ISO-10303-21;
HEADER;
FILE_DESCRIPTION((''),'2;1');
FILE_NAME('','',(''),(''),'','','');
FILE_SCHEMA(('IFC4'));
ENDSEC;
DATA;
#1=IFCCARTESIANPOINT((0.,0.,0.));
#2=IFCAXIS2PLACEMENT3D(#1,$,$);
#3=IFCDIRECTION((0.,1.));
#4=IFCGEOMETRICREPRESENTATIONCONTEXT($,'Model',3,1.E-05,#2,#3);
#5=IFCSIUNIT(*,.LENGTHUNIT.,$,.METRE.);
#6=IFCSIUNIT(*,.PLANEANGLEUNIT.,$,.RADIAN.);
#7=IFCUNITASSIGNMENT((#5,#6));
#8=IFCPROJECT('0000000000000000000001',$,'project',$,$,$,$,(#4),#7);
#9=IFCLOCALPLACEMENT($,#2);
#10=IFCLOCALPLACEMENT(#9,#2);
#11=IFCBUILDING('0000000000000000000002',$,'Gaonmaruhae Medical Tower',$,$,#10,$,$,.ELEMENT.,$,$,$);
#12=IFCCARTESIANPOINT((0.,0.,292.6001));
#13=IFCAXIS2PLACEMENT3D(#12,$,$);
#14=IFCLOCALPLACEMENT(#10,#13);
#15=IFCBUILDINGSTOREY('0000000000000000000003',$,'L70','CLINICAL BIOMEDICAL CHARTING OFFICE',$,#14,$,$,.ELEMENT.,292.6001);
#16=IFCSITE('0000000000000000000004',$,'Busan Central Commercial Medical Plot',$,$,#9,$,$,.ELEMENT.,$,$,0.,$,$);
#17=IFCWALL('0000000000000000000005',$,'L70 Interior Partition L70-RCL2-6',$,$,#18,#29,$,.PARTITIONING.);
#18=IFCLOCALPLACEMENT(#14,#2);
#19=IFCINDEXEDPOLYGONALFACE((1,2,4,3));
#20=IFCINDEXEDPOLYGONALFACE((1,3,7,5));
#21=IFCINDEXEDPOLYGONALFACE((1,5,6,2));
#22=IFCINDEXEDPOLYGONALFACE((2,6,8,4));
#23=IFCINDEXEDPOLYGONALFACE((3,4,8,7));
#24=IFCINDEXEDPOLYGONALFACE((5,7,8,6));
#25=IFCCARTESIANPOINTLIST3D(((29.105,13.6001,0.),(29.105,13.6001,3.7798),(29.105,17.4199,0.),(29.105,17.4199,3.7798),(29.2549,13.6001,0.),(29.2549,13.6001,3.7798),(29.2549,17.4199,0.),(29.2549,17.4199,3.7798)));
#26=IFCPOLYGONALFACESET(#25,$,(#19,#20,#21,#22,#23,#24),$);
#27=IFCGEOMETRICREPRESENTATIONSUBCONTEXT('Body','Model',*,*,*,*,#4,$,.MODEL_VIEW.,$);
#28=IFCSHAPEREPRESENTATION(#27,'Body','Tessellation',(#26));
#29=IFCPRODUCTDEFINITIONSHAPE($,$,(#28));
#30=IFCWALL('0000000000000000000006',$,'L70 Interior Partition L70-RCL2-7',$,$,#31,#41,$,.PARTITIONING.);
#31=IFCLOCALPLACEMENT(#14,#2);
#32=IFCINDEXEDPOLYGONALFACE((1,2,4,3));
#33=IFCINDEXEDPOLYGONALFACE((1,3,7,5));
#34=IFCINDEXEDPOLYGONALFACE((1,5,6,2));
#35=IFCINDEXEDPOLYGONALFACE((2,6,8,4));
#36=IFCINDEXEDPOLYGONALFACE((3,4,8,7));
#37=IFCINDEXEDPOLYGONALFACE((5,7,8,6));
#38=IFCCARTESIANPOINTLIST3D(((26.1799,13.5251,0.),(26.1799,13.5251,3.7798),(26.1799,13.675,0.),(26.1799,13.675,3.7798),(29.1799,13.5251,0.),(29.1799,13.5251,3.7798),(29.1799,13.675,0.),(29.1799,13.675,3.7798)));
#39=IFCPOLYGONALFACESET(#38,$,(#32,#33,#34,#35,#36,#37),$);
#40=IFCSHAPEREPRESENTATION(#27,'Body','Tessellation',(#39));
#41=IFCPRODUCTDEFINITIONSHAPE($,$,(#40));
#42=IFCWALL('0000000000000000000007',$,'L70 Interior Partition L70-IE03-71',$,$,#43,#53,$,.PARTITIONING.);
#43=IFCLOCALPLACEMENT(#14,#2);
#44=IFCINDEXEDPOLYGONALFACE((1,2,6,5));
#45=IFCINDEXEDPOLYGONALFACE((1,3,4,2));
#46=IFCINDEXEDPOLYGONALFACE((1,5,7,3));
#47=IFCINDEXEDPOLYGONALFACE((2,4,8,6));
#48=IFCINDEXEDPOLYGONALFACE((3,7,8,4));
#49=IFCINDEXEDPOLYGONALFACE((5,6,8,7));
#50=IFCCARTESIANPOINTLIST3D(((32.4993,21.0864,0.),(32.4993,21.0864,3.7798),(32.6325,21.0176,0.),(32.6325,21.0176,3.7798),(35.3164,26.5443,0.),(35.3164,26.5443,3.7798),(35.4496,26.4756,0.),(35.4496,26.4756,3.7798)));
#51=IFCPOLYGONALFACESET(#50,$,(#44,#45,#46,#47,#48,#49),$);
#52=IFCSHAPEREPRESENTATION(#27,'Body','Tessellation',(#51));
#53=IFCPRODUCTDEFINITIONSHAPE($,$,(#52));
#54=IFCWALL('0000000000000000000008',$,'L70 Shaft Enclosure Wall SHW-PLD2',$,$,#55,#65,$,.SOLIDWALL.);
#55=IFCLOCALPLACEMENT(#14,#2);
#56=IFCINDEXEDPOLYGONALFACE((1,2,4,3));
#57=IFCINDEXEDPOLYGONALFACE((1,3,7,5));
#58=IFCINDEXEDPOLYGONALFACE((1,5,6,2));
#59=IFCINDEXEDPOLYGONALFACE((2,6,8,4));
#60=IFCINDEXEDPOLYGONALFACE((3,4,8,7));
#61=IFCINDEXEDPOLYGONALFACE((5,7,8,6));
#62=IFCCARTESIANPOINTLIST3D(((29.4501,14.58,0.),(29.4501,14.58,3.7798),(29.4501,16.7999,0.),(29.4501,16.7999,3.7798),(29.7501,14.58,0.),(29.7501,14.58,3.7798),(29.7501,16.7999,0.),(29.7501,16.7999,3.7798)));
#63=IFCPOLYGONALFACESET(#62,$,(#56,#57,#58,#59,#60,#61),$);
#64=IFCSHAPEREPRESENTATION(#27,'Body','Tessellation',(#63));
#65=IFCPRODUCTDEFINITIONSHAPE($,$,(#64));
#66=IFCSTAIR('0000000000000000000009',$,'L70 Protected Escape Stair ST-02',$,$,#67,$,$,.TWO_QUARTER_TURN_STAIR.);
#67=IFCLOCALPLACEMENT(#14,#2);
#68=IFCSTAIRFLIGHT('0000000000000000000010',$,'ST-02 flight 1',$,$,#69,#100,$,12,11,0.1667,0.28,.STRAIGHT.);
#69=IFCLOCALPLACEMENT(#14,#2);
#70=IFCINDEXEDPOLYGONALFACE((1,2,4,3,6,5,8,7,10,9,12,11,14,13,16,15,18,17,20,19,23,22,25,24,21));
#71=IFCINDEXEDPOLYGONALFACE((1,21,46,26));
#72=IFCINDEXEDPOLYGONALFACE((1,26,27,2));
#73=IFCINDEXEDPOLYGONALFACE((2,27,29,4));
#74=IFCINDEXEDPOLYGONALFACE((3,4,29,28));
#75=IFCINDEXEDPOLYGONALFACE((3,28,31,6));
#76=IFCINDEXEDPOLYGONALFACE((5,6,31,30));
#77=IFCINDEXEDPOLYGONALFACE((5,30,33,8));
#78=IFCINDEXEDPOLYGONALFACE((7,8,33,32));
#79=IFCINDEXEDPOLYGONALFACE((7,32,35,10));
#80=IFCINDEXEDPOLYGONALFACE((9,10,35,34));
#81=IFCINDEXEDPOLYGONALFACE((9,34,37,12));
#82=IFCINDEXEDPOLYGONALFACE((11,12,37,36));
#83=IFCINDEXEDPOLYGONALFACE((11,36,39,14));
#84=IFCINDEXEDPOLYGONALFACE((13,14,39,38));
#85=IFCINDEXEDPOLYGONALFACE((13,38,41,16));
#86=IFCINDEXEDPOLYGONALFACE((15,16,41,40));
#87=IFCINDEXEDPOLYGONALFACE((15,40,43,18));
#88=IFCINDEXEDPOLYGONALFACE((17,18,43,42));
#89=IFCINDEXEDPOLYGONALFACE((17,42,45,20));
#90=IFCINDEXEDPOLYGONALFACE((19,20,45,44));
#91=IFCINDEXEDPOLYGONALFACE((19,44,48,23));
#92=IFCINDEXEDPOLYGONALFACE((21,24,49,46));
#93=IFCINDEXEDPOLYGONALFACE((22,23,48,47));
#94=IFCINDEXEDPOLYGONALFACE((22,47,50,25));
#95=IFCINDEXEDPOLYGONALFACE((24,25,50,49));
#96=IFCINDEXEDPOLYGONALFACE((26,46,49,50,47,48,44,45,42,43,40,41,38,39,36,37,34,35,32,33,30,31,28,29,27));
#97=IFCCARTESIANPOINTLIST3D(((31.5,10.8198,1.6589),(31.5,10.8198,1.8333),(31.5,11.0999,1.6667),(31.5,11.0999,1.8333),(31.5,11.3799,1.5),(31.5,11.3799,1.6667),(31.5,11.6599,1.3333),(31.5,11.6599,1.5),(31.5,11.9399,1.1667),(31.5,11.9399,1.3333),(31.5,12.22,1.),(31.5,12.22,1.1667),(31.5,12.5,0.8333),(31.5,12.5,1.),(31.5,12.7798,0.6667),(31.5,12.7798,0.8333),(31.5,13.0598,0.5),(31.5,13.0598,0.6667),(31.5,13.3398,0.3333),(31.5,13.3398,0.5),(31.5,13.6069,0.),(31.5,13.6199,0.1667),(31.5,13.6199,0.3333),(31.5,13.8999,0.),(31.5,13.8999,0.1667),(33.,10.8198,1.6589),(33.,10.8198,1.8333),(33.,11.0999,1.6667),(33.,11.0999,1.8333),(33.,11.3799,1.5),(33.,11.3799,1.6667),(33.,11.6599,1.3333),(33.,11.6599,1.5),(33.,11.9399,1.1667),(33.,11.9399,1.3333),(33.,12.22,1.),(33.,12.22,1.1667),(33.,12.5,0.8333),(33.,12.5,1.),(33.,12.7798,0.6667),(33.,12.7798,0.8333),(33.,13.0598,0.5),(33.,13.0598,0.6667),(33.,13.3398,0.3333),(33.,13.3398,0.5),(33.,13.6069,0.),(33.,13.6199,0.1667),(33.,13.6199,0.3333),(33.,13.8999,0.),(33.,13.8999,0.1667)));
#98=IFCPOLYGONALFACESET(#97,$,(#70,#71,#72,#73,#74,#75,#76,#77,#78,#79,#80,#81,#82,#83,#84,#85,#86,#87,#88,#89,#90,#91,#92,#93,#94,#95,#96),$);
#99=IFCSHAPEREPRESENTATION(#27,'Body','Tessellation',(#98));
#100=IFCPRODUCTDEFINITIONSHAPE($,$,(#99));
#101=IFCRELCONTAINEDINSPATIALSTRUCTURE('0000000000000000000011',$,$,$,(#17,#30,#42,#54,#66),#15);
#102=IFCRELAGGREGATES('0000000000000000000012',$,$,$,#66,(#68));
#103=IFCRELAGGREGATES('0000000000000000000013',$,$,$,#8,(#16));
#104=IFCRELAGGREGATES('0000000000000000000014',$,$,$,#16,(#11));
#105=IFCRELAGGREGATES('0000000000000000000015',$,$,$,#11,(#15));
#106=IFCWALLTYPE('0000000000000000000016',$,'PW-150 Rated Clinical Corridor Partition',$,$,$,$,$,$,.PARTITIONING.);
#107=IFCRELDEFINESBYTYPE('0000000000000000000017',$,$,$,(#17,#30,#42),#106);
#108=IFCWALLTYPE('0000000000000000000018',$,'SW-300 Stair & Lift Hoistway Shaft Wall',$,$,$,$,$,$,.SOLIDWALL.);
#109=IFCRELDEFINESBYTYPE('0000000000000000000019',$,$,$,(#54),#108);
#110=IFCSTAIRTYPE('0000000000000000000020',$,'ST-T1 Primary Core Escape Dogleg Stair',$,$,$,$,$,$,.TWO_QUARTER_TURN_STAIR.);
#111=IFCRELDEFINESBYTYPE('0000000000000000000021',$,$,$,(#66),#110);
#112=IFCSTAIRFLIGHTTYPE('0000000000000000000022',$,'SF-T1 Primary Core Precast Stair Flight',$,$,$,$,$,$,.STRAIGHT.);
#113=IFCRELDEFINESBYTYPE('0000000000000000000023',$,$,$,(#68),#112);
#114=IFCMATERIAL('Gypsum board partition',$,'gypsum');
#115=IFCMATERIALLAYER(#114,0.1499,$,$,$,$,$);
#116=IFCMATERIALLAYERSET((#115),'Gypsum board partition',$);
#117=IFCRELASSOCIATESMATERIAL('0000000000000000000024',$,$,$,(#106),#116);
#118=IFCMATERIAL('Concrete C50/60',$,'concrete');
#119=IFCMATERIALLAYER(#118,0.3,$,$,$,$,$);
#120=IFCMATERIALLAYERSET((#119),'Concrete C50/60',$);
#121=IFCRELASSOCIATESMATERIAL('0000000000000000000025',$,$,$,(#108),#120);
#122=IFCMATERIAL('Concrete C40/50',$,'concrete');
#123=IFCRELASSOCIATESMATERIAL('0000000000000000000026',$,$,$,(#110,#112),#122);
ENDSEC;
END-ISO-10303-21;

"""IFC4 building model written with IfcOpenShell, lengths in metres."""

from ifc_helpers import new_model, si_unit, direction, frame, frame_2d, origin, place, context, subcontext, project, spatial, polyline, rectangle, outline, extrude, material, layer, layer_set, type_object, element, aggregate, save


model = new_model("IFC4")

# Units and contexts
model_context = context("Model", 3, precision=1e-05, world=origin(), true_north=direction((0.0, 1.0)))
body_context = subcontext(model_context, "Body", "Model", "MODEL_VIEW")
ifc_project = project(units=[si_unit("LENGTHUNIT", "METRE"), si_unit("PLANEANGLEUNIT", "RADIAN")], contexts=[model_context])

# Site, building, storey
site_placement = place(None, origin())
site = spatial("IfcSite", under=ifc_project, at=site_placement, Name="Busan Central Commercial Medical Plot", CompositionType="ELEMENT", RefElevation=0.0)
building_placement = place(site_placement, origin())
building = spatial("IfcBuilding", under=site, at=building_placement, Name="Gaonmaruhae Medical Tower", CompositionType="ELEMENT")
storey_placement = place(building_placement, frame((0.0, 0.0, 292.6001)))
storey = spatial("IfcBuildingStorey", under=building, at=storey_placement, Name="L70", Description="CLINICAL BIOMEDICAL CHARTING OFFICE", CompositionType="ELEMENT", Elevation=292.6001)

# Shared definitions
ifc_material_1 = material(Name="Concrete C50/60", Category="concrete")

# Walls
ifc_material_2 = material(Name="Gypsum board partition", Category="gypsum")
ifc_layer_1 = layer(ifc_material_2, 0.1499)
ifc_layer_set_1 = layer_set([ifc_layer_1], Name="Gypsum board partition")
wall_type_1 = type_object("IfcWallType", Name="PW-150 Rated Clinical Corridor Partition", PredefinedType="PARTITIONING", material=ifc_layer_set_1)
wall_1_placement = place(storey_placement, frame((29.1799, 17.4199, 0.0), z_axis=(0.0, 0.0, 1.0), x_axis=(0.0, -1.0, 0.0)))
element("IfcWall", 1, at=wall_1_placement, inside=storey, type_object=wall_type_1, Name="L70 Interior Partition L70-RCL2-6", PredefinedType="PARTITIONING", context=body_context, shape_type="SweptSolid", body=[
    extrude(rectangle(XDim=3.8198, YDim=0.1499, at=frame_2d((1.9099, 0.0))), origin(), (0.0, 0.0, 1.0), 3.7798),
])
wall_2_placement = place(storey_placement, frame((29.1799, 13.6001, 0.0), z_axis=(0.0, 0.0, 1.0), x_axis=(-1.0, 0.0, 0.0)))
element("IfcWall", 2, at=wall_2_placement, inside=storey, type_object=wall_type_1, Name="L70 Interior Partition L70-RCL2-7", PredefinedType="PARTITIONING", context=body_context, shape_type="SweptSolid", body=[
    extrude(rectangle(XDim=3.0, YDim=0.1499, at=frame_2d((1.5, 0.0))), origin(), (0.0, 0.0, 1.0), 3.7798),
])
wall_3_placement = place(storey_placement, frame((32.5659, 21.052, 0.0), z_axis=(0.0, 0.0, 1.0), x_axis=(0.458656, 0.888614, 0.0)))
element("IfcWall", 3, at=wall_3_placement, inside=storey, type_object=wall_type_1, Name="L70 Interior Partition L70-IE03-71", PredefinedType="PARTITIONING", context=body_context, shape_type="SweptSolid", body=[
    extrude(rectangle(XDim=6.1421, YDim=0.1499, at=frame_2d((3.071, 0.0))), origin(), (0.0, 0.0, 1.0), 3.7798),
])

# Shared definitions
ifc_layer_2 = layer(ifc_material_1, 0.3)
ifc_layer_set_2 = layer_set([ifc_layer_2], Name="Concrete C50/60")
wall_type_2 = type_object("IfcWallType", Name="SW-300 Stair & Lift Hoistway Shaft Wall", PredefinedType="SOLIDWALL", material=ifc_layer_set_2)

# Wall
wall_4_placement = place(storey_placement, frame((29.6001, 14.5801, 0.0), z_axis=(0.0, 0.0, 1.0), x_axis=(0.0, 1.0, 0.0)))
element("IfcWall", 4, at=wall_4_placement, inside=storey, type_object=wall_type_2, Name="L70 Shaft Enclosure Wall SHW-PLD2", PredefinedType="SOLIDWALL", context=body_context, shape_type="SweptSolid", body=[
    extrude(rectangle(XDim=2.22, YDim=0.3, at=frame_2d((1.1099, 0.0))), origin(), (0.0, 0.0, 1.0), 3.7798),
])

# Stair, stair flight
ifc_material_3 = material(Name="Concrete C40/50", Category="concrete")
stair_type = type_object("IfcStairType", Name="ST-T1 Primary Core Escape Dogleg Stair", PredefinedType="TWO_QUARTER_TURN_STAIR", material=ifc_material_3)
stair_placement = place(storey_placement, origin())
stair = element("IfcStair", 5, at=stair_placement, inside=storey, type_object=stair_type, Name="L70 Protected Escape Stair ST-02", PredefinedType="TWO_QUARTER_TURN_STAIR")
stair_flight_type = type_object("IfcStairFlightType", Name="SF-T1 Primary Core Precast Stair Flight", PredefinedType="STRAIGHT", material=ifc_material_3)
stair_flight_placement = place(storey_placement, frame((32.25, 13.8999, 0.0), z_axis=(0.0, 0.0, 1.0), x_axis=(0.0, -1.0, 0.0)))
stair_flight = element("IfcStairFlight", 6, at=stair_flight_placement, type_object=stair_flight_type, Name="ST-02 flight 1", NumberOfRisers=12, NumberOfTreads=11, PredefinedType="STRAIGHT", RiserHeight=0.1667, TreadLength=0.28, context=body_context, shape_type="SweptSolid", body=[
    extrude(outline(polyline([(0.0, 0.0), (0.0, 0.1667), (0.28, 0.1667), (0.28, 0.3333), (0.5601, 0.3333), (0.5601, 0.5), (0.8401, 0.5), (0.8401, 0.6667), (1.1201, 0.6667), (1.1201, 0.8333), (1.3999, 0.8333), (1.3999, 1.0), (1.6799, 1.0), (1.6799, 1.1667), (1.96, 1.1667), (1.96, 1.3333), (2.24, 1.3333), (2.24, 1.5), (2.52, 1.5), (2.52, 1.6667), (2.8, 1.6667), (2.8, 1.8333), (3.0801, 1.8333), (3.0801, 2.0), (3.0801, 1.6589), (0.293, 0.0), (0.0, 0.0)])), frame((0.0, 0.75, 0.0), z_axis=(0.0, -1.0, 0.0), x_axis=(1.0, 0.0, 0.0)), (0.0, 0.0, 1.0), 1.5),
])
aggregate(stair, [stair_flight])

save(model, "model.ifc")
